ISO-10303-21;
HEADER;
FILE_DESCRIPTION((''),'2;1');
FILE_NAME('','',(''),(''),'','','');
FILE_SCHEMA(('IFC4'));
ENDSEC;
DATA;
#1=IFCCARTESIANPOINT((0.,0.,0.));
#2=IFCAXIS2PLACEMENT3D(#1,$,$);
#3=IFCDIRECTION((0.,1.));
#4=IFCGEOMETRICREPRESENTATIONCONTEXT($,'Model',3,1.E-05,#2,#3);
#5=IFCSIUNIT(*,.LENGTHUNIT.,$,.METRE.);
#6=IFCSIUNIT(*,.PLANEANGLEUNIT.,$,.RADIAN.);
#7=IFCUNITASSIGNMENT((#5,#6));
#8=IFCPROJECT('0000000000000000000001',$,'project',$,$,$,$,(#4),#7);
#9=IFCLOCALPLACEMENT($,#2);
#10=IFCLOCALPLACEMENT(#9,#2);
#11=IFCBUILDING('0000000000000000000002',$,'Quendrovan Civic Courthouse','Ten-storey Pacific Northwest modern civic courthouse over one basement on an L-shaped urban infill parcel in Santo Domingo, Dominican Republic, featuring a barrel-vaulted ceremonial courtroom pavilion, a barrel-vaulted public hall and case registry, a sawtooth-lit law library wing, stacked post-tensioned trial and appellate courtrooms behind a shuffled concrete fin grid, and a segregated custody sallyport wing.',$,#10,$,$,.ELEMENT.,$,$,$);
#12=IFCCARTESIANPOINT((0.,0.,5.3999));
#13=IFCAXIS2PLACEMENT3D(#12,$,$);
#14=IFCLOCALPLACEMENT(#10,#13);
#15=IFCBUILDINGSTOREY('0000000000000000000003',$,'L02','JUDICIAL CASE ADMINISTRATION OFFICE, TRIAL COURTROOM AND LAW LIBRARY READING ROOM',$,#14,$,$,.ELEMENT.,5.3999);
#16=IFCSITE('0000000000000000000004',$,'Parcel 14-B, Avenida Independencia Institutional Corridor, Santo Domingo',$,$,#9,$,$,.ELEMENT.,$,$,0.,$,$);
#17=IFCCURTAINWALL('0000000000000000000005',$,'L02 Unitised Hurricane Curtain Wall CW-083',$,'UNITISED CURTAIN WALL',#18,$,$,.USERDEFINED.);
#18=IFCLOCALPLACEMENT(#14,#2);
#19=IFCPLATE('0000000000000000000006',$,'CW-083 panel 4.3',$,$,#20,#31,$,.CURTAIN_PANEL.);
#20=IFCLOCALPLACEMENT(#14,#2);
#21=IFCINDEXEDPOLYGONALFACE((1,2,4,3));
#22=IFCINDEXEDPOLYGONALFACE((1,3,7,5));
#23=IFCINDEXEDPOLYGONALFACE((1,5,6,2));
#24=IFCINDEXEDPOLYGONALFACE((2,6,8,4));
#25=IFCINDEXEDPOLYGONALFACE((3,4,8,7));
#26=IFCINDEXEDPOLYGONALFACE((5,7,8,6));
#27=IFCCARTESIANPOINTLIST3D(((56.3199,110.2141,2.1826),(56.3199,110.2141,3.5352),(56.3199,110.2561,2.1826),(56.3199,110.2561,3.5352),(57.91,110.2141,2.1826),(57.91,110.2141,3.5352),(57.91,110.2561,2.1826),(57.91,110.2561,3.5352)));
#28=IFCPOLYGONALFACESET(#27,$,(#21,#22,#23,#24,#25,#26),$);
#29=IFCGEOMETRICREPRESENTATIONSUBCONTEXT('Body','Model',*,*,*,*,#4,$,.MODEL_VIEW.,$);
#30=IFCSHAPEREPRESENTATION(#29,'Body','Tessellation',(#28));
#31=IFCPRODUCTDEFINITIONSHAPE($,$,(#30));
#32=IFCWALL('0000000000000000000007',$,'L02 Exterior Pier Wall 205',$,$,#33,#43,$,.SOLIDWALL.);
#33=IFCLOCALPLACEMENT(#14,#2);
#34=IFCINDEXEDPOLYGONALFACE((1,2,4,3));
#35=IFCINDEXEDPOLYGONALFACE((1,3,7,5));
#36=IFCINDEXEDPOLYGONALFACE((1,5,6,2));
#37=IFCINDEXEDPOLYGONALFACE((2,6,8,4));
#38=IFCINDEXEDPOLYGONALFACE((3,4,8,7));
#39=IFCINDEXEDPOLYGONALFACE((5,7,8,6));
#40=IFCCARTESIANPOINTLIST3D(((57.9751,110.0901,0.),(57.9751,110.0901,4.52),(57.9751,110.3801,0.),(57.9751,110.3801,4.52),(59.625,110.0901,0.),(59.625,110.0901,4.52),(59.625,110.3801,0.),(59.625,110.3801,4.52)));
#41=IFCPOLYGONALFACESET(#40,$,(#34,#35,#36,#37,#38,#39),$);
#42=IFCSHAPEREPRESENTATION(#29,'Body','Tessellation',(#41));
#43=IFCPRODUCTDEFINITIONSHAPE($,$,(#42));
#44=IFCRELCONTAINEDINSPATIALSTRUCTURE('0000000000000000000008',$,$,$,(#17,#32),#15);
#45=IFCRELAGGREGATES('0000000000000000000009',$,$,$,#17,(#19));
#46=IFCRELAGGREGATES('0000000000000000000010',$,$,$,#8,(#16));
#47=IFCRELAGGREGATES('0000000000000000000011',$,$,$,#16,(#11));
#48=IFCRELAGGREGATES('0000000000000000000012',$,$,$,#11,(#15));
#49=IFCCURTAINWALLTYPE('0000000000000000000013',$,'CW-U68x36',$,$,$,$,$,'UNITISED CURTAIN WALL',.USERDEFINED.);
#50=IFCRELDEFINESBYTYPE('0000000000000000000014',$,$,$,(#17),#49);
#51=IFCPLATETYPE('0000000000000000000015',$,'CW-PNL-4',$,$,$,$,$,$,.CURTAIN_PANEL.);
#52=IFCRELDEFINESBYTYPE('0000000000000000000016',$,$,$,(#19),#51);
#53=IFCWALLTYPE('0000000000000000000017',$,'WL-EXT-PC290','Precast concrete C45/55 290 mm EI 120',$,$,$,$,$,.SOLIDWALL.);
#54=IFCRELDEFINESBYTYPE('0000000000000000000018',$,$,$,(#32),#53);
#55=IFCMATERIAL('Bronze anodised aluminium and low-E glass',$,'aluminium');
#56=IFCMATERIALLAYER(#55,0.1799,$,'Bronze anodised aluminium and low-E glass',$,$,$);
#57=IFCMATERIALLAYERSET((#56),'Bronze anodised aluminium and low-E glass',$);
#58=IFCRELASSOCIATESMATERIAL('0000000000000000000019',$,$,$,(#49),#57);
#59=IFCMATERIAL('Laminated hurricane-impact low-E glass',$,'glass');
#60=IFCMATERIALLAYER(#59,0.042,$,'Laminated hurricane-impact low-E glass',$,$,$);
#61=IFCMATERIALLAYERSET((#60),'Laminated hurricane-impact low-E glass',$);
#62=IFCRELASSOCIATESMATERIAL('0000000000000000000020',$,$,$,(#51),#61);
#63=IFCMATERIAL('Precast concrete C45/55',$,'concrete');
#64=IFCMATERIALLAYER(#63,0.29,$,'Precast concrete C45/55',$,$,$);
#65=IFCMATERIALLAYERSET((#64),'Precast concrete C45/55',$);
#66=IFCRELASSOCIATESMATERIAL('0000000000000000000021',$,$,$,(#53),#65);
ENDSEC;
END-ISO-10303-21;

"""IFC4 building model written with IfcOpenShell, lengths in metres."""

from ifc_helpers import new_model, si_unit, direction, frame, frame_2d, origin, origin_2d, place, context, subcontext, project, spatial, rectangle, extrude, material, layer, layer_set, type_object, element, aggregate, save


model = new_model("IFC4")

# Units and contexts
model_context = context("Model", 3, precision=1e-05, world=origin(), true_north=direction((0.0, 1.0)))
body_context = subcontext(model_context, "Body", "Model", "MODEL_VIEW")
ifc_project = project(units=[si_unit("LENGTHUNIT", "METRE"), si_unit("PLANEANGLEUNIT", "RADIAN")], contexts=[model_context])

# Site, building, storey
site_placement = place(None, origin())
site = spatial("IfcSite", under=ifc_project, at=site_placement, Name="Parcel 14-B, Avenida Independencia Institutional Corridor, Santo Domingo", CompositionType="ELEMENT", RefElevation=0.0)
building_placement = place(site_placement, origin())
building = spatial("IfcBuilding", under=site, at=building_placement, Name="Quendrovan Civic Courthouse", Description="Ten-storey Pacific Northwest modern civic courthouse over one basement on an L-shaped urban infill parcel in Santo Domingo, Dominican Republic, featuring a barrel-vaulted ceremonial courtroom pavilion, a barrel-vaulted public hall and case registry, a sawtooth-lit law library wing, stacked post-tensioned trial and appellate courtrooms behind a shuffled concrete fin grid, and a segregated custody sallyport wing.", CompositionType="ELEMENT")
storey_placement = place(building_placement, frame((0.0, 0.0, 5.3999)))
storey = spatial("IfcBuildingStorey", under=building, at=storey_placement, Name="L02", Description="JUDICIAL CASE ADMINISTRATION OFFICE, TRIAL COURTROOM AND LAW LIBRARY READING ROOM", CompositionType="ELEMENT", Elevation=5.3999)

# Shared definitions
ifc_material_1 = material(Name="Bronze anodised aluminium and low-E glass", Category="aluminium")
ifc_layer_1 = layer(ifc_material_1, 0.1799, Name="Bronze anodised aluminium and low-E glass")
ifc_layer_set_1 = layer_set([ifc_layer_1], Name="Bronze anodised aluminium and low-E glass")
curtain_wall_type = type_object("IfcCurtainWallType", Name="CW-U68x36", ElementType="UNITISED CURTAIN WALL", PredefinedType="USERDEFINED", material=ifc_layer_set_1)

# Curtain wall
curtain_wall_1_placement = place(storey_placement, origin())
curtain_wall_1 = element("IfcCurtainWall", 1, at=curtain_wall_1_placement, inside=storey, type_object=curtain_wall_type, Name="L02 Unitised Hurricane Curtain Wall CW-083", ObjectType="UNITISED CURTAIN WALL", PredefinedType="USERDEFINED")

# Plate
ifc_material_2 = material(Name="Laminated hurricane-impact low-E glass", Category="glass")
ifc_layer_2 = layer(ifc_material_2, 0.042, Name="Laminated hurricane-impact low-E glass")
ifc_layer_set_2 = layer_set([ifc_layer_2], Name="Laminated hurricane-impact low-E glass")
plate_type_1 = type_object("IfcPlateType", Name="CW-PNL-4", PredefinedType="CURTAIN_PANEL", material=ifc_layer_set_2)
plate_1_placement = place(storey_placement, frame((57.115, 110.2351, 2.1826), z_axis=(0.0, 0.0, 1.0), x_axis=(1.0, 0.0, 0.0)))
plate_1 = element("IfcPlate", 2, at=plate_1_placement, type_object=plate_type_1, Name="CW-083 panel 4.3", PredefinedType="CURTAIN_PANEL", context=body_context, shape_type="SweptSolid", body=[
    extrude(rectangle(XDim=1.5901, YDim=0.042, at=origin_2d()), origin(), (0.0, 0.0, 1.0), 1.3525),
])
aggregate(curtain_wall_1, [plate_1])

# Wall
ifc_material_3 = material(Name="Precast concrete C45/55", Category="concrete")
ifc_layer_3 = layer(ifc_material_3, 0.29, Name="Precast concrete C45/55")
ifc_layer_set_3 = layer_set([ifc_layer_3], Name="Precast concrete C45/55")
wall_type = type_object("IfcWallType", Name="WL-EXT-PC290", Description="Precast concrete C45/55 290 mm EI 120", PredefinedType="SOLIDWALL", material=ifc_layer_set_3)
wall_placement = place(storey_placement, frame((57.9751, 110.2351, 0.0), z_axis=(0.0, 0.0, 1.0), x_axis=(1.0, 0.0, 0.0)))
element("IfcWall", 3, at=wall_placement, inside=storey, type_object=wall_type, Name="L02 Exterior Pier Wall 205", PredefinedType="SOLIDWALL", context=body_context, shape_type="SweptSolid", body=[
    extrude(rectangle(XDim=1.6499, YDim=0.29, at=frame_2d((0.825, 0.0))), origin(), (0.0, 0.0, 1.0), 4.52),
])

save(model, "model.ifc")
